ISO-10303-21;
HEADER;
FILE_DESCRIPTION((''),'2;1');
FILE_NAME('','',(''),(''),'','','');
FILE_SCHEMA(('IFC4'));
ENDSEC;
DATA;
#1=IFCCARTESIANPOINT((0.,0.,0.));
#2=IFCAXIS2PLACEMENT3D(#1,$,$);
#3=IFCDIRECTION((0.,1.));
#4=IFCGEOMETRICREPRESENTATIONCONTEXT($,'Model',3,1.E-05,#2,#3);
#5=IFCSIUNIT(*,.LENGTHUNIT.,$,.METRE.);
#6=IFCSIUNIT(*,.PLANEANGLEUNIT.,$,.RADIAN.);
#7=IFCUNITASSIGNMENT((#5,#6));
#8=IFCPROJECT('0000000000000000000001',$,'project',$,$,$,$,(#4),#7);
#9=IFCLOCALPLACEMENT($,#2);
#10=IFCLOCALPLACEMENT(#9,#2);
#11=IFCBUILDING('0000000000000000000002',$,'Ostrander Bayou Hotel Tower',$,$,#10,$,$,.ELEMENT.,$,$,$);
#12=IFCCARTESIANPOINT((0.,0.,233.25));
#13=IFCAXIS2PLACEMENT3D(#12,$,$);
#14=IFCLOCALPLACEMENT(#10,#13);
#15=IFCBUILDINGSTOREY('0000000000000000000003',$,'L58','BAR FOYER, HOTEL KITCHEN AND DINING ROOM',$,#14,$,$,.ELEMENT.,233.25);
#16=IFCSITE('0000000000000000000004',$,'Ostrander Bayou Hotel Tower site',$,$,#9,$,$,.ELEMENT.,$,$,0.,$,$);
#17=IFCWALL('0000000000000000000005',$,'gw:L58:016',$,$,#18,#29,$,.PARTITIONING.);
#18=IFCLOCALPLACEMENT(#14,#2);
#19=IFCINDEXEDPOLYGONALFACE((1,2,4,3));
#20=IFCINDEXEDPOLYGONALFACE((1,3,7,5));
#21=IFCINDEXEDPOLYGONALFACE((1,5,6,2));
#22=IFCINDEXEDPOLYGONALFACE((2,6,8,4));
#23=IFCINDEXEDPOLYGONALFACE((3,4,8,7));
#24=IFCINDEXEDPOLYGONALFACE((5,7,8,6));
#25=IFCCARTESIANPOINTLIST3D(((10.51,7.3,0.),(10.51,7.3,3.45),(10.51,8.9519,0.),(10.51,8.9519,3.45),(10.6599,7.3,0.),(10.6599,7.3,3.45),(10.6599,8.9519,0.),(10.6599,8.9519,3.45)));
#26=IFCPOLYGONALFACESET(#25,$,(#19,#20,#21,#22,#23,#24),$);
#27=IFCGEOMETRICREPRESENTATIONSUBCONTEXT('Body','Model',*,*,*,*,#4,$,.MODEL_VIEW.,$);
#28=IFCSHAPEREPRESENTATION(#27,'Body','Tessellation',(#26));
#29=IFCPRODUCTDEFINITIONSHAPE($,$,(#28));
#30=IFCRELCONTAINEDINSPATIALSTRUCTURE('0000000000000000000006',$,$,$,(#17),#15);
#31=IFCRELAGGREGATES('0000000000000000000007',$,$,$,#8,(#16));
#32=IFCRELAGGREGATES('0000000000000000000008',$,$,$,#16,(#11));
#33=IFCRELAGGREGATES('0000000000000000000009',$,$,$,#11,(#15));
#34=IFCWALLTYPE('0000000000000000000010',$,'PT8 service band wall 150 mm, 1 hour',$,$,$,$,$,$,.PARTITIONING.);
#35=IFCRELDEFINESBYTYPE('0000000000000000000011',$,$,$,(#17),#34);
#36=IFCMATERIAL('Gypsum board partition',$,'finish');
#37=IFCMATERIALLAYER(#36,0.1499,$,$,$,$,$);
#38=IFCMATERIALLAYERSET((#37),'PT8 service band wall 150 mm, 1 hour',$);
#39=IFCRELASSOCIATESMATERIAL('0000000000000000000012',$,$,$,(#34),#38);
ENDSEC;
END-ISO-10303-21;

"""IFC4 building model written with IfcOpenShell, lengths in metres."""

from ifc_helpers import new_model, si_unit, direction, frame, frame_2d, origin, place, context, subcontext, project, spatial, rectangle, extrude, material, layer, layer_set, type_object, element, save


model = new_model("IFC4")

# Units and contexts
model_context = context("Model", 3, precision=1e-05, world=origin(), true_north=direction((0.0, 1.0)))
body_context = subcontext(model_context, "Body", "Model", "MODEL_VIEW")
ifc_project = project(units=[si_unit("LENGTHUNIT", "METRE"), si_unit("PLANEANGLEUNIT", "RADIAN")], contexts=[model_context])

# Site, building, storey
site_placement = place(None, origin())
site = spatial("IfcSite", under=ifc_project, at=site_placement, Name="Ostrander Bayou Hotel Tower site", CompositionType="ELEMENT", RefElevation=0.0)
building_placement = place(site_placement, origin())
building = spatial("IfcBuilding", under=site, at=building_placement, Name="Ostrander Bayou Hotel Tower", CompositionType="ELEMENT")
storey_placement = place(building_placement, frame((0.0, 0.0, 233.25)))
storey = spatial("IfcBuildingStorey", under=building, at=storey_placement, Name="L58", Description="BAR FOYER, HOTEL KITCHEN AND DINING ROOM", CompositionType="ELEMENT", Elevation=233.25)

# Wall
ifc_material_1 = material(Name="Gypsum board partition", Category="finish")
ifc_layer_1 = layer(ifc_material_1, 0.1499)
ifc_layer_set_1 = layer_set([ifc_layer_1], Name="PT8 service band wall 150 mm, 1 hour")
wall_type_1 = type_object("IfcWallType", Name="PT8 service band wall 150 mm, 1 hour", PredefinedType="PARTITIONING", material=ifc_layer_set_1)
wall_1_placement = place(storey_placement, frame((10.585, 7.3, 0.0), z_axis=(0.0, 0.0, 1.0), x_axis=(0.0, 1.0, 0.0)))
element("IfcWall", 1, at=wall_1_placement, inside=storey, type_object=wall_type_1, Name="gw:L58:016", PredefinedType="PARTITIONING", context=body_context, shape_type="SweptSolid", body=[
    extrude(rectangle(XDim=1.6519, YDim=0.1499, at=frame_2d((0.8259, 0.0))), origin(), (0.0, 0.0, 1.0), 3.45),
])

save(model, "model.ifc")
